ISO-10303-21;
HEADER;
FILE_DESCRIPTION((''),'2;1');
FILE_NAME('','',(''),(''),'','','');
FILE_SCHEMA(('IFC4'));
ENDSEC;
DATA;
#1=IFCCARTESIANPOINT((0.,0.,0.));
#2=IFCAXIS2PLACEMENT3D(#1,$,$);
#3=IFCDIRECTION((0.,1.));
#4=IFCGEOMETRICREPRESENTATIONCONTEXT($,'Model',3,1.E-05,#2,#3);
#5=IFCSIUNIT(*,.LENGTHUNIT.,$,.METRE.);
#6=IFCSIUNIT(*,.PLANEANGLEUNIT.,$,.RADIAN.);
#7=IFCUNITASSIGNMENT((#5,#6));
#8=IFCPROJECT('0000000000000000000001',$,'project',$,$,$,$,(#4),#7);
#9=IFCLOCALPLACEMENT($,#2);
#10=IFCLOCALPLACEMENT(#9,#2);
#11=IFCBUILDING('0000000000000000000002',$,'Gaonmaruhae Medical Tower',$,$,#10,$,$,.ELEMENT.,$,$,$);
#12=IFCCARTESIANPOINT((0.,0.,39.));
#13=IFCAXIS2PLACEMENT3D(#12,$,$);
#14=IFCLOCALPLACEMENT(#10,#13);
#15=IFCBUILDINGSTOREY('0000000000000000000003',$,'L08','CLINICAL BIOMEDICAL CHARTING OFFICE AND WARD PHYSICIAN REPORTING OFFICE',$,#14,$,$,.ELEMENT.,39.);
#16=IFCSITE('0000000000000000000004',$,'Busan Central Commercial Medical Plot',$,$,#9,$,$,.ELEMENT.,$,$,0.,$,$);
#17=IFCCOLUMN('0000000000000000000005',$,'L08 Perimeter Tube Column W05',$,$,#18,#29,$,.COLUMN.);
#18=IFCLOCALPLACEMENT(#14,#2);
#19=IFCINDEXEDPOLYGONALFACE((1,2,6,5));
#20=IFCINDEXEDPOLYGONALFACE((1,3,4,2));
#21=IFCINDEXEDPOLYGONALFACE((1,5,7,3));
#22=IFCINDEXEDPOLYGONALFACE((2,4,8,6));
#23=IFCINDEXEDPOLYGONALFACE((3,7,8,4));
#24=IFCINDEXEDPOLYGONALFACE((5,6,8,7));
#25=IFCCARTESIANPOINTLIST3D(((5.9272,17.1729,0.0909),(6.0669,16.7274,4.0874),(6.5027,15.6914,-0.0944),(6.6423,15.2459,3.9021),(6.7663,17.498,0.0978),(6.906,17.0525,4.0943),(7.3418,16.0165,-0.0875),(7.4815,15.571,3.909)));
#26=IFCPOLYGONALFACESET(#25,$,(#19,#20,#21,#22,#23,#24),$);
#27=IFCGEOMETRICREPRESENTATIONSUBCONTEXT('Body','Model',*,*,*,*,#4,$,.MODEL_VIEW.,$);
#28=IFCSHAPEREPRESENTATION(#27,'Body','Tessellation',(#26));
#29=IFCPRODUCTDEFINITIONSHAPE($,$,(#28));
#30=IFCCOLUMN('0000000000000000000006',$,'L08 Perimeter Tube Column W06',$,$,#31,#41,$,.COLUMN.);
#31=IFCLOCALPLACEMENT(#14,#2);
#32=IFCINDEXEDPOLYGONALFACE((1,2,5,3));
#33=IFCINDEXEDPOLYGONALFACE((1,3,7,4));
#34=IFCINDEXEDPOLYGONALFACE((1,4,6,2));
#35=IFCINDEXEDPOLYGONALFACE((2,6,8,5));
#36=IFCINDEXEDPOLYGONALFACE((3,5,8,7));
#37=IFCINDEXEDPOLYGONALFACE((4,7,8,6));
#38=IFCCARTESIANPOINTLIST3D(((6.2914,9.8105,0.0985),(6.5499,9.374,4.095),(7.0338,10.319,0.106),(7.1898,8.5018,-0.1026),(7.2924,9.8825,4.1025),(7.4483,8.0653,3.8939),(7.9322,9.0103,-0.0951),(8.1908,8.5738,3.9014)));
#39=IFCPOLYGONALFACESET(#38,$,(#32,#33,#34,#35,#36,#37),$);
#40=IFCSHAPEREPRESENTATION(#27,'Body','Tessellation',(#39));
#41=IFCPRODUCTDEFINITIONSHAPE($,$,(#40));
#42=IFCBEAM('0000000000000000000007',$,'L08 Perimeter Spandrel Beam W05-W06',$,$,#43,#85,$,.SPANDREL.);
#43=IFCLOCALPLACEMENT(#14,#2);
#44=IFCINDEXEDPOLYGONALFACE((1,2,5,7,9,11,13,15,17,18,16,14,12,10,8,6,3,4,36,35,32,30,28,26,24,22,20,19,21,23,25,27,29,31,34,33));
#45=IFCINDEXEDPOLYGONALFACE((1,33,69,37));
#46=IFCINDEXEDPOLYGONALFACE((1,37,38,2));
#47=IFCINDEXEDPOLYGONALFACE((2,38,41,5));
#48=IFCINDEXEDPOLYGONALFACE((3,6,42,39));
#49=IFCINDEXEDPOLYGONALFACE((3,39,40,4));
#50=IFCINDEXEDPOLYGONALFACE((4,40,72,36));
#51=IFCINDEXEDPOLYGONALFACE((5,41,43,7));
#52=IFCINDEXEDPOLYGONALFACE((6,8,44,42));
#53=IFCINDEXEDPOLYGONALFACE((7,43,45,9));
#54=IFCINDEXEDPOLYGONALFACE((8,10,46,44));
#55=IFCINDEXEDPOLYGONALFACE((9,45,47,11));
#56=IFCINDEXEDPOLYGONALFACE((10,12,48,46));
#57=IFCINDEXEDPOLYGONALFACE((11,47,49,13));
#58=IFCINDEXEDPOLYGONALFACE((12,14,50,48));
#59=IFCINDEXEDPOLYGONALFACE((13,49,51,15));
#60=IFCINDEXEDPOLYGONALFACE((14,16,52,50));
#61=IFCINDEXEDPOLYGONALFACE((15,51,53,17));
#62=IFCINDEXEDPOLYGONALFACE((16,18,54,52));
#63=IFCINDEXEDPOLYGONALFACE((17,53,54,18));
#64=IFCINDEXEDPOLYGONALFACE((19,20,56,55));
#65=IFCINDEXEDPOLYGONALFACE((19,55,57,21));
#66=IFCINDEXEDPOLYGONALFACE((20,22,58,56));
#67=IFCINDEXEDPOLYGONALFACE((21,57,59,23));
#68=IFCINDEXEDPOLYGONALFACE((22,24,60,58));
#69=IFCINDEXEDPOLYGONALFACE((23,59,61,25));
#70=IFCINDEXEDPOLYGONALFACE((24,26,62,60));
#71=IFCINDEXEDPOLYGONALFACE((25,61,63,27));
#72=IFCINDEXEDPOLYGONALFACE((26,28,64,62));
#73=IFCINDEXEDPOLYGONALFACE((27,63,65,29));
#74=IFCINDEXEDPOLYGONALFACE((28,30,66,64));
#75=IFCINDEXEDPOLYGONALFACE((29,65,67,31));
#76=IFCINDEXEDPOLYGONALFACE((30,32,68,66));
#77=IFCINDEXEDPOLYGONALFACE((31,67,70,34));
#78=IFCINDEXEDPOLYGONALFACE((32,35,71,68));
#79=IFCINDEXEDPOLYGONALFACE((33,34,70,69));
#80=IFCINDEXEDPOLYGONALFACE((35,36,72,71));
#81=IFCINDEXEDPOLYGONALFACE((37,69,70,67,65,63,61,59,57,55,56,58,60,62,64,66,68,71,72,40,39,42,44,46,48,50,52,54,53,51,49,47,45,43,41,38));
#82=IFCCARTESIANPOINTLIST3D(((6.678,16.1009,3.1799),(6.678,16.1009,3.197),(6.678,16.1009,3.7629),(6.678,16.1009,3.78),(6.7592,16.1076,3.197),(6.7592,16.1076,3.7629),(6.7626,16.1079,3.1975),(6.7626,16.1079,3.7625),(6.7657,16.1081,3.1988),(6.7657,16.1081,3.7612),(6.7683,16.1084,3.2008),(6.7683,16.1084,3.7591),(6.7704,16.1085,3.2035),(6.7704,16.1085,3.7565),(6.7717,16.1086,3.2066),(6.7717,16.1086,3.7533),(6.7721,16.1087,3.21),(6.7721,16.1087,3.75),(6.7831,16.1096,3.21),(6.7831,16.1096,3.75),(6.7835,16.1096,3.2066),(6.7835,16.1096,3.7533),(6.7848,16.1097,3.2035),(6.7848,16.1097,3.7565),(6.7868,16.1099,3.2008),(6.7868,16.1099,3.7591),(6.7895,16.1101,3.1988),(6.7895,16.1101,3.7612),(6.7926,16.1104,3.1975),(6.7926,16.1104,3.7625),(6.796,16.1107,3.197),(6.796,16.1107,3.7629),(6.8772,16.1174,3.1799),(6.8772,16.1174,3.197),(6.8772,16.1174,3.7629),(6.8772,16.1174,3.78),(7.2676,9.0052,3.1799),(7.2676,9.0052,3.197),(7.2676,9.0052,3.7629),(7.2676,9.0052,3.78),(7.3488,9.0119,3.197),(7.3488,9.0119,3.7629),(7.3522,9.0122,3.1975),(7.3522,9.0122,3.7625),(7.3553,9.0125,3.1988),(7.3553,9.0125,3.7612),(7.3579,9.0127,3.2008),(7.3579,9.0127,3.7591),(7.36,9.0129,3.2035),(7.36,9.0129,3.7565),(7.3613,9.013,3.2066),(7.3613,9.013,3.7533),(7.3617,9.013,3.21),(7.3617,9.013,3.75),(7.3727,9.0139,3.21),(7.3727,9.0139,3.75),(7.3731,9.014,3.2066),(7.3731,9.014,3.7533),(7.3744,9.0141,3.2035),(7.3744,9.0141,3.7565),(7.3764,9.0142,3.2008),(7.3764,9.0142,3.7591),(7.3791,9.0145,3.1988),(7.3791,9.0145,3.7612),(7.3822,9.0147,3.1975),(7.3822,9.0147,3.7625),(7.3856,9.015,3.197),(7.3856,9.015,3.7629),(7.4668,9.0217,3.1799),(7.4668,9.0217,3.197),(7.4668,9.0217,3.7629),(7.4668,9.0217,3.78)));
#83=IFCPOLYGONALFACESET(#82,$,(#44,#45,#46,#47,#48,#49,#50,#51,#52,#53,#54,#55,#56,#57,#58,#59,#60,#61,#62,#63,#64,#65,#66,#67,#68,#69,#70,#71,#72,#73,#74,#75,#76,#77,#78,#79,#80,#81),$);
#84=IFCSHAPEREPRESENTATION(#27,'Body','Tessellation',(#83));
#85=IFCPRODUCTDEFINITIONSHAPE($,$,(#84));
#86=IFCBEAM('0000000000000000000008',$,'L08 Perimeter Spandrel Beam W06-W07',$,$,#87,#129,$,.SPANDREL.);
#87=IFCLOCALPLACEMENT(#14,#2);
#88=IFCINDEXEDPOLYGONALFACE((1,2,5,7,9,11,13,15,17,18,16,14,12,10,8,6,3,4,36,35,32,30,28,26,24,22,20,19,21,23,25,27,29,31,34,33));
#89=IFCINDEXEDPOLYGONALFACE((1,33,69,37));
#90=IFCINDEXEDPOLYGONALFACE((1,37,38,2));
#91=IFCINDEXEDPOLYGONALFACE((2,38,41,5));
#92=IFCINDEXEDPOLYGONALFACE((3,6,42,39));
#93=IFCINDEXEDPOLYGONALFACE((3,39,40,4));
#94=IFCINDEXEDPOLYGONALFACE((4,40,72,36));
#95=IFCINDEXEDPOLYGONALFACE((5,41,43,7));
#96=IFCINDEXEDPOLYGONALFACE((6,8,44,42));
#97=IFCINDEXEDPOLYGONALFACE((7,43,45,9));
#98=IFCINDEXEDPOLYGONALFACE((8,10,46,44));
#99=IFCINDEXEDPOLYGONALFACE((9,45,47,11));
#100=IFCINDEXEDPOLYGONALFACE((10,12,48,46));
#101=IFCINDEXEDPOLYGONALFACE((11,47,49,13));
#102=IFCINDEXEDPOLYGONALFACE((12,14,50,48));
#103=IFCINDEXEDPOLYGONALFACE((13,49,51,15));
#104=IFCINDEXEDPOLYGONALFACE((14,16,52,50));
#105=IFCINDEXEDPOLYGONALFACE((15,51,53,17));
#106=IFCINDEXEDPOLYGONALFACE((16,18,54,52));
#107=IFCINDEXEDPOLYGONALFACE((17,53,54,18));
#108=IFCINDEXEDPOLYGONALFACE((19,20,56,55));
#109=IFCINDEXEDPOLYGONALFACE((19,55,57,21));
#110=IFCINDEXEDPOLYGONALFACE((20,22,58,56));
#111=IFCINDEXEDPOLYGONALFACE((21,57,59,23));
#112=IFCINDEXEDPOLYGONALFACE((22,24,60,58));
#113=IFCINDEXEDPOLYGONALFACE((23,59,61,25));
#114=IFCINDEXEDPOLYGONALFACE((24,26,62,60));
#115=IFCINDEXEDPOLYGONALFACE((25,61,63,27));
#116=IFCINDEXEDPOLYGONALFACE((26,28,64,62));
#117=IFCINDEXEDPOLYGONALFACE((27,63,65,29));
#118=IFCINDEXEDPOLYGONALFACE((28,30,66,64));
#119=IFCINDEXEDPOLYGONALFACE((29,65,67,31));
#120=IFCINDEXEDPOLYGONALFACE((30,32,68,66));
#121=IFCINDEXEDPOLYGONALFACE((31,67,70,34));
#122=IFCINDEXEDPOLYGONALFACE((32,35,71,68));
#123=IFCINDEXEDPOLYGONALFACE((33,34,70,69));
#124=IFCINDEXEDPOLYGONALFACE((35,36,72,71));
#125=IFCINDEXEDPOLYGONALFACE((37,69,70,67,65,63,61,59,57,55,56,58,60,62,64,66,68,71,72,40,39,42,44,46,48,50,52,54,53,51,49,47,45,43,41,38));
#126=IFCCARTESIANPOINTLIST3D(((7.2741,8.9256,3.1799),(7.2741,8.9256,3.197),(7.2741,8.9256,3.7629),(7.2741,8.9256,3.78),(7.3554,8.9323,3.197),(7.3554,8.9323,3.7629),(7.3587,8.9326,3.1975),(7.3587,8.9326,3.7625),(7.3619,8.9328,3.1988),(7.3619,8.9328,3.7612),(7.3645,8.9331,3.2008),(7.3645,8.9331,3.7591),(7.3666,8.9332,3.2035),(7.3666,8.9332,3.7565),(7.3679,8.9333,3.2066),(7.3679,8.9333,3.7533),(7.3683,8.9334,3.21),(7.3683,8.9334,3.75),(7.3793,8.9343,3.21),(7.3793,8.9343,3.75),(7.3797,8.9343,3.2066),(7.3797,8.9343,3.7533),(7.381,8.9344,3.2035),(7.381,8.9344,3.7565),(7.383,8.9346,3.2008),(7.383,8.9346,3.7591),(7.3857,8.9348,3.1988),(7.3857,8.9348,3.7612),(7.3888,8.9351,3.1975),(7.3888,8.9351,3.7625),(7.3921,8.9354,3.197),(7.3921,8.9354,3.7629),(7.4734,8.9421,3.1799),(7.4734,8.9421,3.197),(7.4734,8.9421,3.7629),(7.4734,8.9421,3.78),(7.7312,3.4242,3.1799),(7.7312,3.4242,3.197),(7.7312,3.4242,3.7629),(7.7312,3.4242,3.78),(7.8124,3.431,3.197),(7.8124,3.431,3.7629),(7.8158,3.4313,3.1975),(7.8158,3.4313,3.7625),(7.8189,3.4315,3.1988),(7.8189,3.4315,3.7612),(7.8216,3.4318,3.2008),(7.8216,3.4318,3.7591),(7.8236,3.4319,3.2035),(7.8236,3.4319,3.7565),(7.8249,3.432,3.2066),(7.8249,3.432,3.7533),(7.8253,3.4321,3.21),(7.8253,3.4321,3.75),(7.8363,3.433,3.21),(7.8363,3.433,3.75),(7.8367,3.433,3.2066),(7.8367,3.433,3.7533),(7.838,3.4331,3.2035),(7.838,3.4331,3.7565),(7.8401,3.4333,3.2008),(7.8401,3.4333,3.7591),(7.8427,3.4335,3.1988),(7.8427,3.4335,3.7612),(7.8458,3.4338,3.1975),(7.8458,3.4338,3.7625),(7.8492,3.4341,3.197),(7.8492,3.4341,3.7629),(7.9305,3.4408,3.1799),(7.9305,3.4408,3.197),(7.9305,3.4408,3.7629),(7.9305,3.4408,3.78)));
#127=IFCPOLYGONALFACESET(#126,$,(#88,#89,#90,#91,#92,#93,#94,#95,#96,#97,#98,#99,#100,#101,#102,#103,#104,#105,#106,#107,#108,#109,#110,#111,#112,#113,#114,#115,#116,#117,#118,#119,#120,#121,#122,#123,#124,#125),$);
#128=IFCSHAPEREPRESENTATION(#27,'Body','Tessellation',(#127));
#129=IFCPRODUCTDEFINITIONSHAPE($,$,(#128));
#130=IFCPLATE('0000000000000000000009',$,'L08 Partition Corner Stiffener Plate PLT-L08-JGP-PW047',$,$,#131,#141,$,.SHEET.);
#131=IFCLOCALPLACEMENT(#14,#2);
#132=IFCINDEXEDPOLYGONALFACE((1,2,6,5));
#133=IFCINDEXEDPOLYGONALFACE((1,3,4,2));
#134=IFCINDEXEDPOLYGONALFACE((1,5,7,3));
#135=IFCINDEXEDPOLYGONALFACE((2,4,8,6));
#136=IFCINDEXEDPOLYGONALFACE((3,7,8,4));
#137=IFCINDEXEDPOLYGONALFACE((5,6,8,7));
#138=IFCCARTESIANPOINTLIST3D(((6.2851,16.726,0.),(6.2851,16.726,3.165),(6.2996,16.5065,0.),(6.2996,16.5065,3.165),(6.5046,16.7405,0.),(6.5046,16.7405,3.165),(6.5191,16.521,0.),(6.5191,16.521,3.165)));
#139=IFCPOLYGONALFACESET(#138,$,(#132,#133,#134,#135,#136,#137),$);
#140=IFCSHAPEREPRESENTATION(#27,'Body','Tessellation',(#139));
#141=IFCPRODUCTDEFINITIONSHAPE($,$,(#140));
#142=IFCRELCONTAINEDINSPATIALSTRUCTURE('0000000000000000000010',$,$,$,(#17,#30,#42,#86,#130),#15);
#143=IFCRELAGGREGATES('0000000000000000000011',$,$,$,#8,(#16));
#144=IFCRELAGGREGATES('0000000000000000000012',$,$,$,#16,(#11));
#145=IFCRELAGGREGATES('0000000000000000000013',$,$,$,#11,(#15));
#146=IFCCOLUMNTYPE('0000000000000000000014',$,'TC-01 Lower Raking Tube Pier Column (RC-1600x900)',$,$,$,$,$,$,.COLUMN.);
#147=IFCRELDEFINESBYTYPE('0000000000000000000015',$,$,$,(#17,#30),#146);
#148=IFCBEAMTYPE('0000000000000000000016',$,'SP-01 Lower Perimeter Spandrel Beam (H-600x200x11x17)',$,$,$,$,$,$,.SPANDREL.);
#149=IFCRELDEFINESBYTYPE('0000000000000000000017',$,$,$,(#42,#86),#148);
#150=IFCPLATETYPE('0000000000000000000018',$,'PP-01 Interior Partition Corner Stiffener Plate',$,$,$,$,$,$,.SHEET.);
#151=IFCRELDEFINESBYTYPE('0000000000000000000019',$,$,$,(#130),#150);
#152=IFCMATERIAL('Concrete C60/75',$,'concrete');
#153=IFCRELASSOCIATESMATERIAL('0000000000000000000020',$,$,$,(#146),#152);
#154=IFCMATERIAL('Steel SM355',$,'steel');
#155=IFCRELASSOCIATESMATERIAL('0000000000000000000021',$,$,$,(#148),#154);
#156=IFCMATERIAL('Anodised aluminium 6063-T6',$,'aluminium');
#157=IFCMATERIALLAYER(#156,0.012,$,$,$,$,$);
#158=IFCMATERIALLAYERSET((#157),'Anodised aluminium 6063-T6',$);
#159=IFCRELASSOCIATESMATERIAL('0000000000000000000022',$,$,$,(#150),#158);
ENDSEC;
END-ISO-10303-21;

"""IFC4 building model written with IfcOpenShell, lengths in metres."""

from ifc_helpers import new_model, si_unit, direction, frame, origin, origin_2d, place, context, subcontext, project, spatial, rectangle, i_section, extrude, material, layer, layer_set, material_profile, profile_set, type_object, element, save


model = new_model("IFC4")

# Units and contexts
model_context = context("Model", 3, precision=1e-05, world=origin(), true_north=direction((0.0, 1.0)))
body_context = subcontext(model_context, "Body", "Model", "MODEL_VIEW")
ifc_project = project(units=[si_unit("LENGTHUNIT", "METRE"), si_unit("PLANEANGLEUNIT", "RADIAN")], contexts=[model_context])

# Site, building, storey
site_placement = place(None, origin())
site = spatial("IfcSite", under=ifc_project, at=site_placement, Name="Busan Central Commercial Medical Plot", CompositionType="ELEMENT", RefElevation=0.0)
building_placement = place(site_placement, origin())
building = spatial("IfcBuilding", under=site, at=building_placement, Name="Gaonmaruhae Medical Tower", CompositionType="ELEMENT")
storey_placement = place(building_placement, frame((0.0, 0.0, 39.0)))
storey = spatial("IfcBuildingStorey", under=building, at=storey_placement, Name="L08", Description="CLINICAL BIOMEDICAL CHARTING OFFICE AND WARD PHYSICIAN REPORTING OFFICE", CompositionType="ELEMENT", Elevation=39.0)

# Columns
ifc_material_1 = material(Name="Concrete C60/75", Category="concrete")
ifc_material_profile_1 = material_profile(ifc_material_1, rectangle(XDim=1.6001, YDim=0.8999, at=origin_2d()), Name="RC-1600x900")
ifc_profile_set_1 = profile_set([ifc_material_profile_1], Name="Concrete C60/75")
column_type = type_object("IfcColumnType", Name="TC-01 Lower Raking Tube Pier Column (RC-1600x900)", PredefinedType="COLUMN", material=ifc_profile_set_1)
column_1_placement = place(storey_placement, frame((6.6345, 16.5947, 0.0017), z_axis=(0.034706, -0.110731, 0.993244), x_axis=(-0.359646, 0.925877, 0.115788)))
element("IfcColumn", 1, at=column_1_placement, inside=storey, type_object=column_type, Name="L08 Perimeter Tube Column W05", PredefinedType="COLUMN", context=body_context, shape_type="SweptSolid", body=[
    extrude(rectangle(XDim=1.6001, YDim=0.8999, at=origin_2d()), origin(), (0.0, 0.0, 1.0), 4.0237),
])
column_2_placement = place(storey_placement, frame((7.1118, 9.4104, 0.0017), z_axis=(0.064176, -0.108355, 0.992039), x_axis=(-0.561459, 0.817909, 0.125657)))
element("IfcColumn", 2, at=column_2_placement, inside=storey, type_object=column_type, Name="L08 Perimeter Tube Column W06", PredefinedType="COLUMN", context=body_context, shape_type="SweptSolid", body=[
    extrude(rectangle(XDim=1.6001, YDim=0.8999, at=origin_2d()), origin(), (0.0, 0.0, 1.0), 4.0286),
])

# Beams
ifc_material_2 = material(Name="Steel SM355", Category="steel")
ifc_material_profile_2 = material_profile(ifc_material_2, i_section(OverallWidth=0.2, OverallDepth=0.6001, WebThickness=0.011, FlangeThickness=0.0171, FilletRadius=0.0129, at=origin_2d()), Name="H-600x200x11x17")
ifc_profile_set_2 = profile_set([ifc_material_profile_2], Name="Steel SM355")
beam_type = type_object("IfcBeamType", Name="SP-01 Lower Perimeter Spandrel Beam (H-600x200x11x17)", PredefinedType="SPANDREL", material=ifc_profile_set_2)
beam_1_placement = place(storey_placement, frame((6.7776, 16.1091, 3.48), z_axis=(0.082807, -0.996566, 0.0), x_axis=(0.996566, 0.082807, 0.0)))
element("IfcBeam", 3, at=beam_1_placement, inside=storey, type_object=beam_type, Name="L08 Perimeter Spandrel Beam W05-W06", PredefinedType="SPANDREL", context=body_context, shape_type="SweptSolid", body=[
    extrude(i_section(OverallWidth=0.2, OverallDepth=0.6001, WebThickness=0.011, FlangeThickness=0.0171, FilletRadius=0.0129, at=origin_2d()), origin(), (0.0, 0.0, 1.0), 7.1201),
])
beam_2_placement = place(storey_placement, frame((7.3738, 8.9338, 3.48), z_axis=(0.082793, -0.996567, 0.0), x_axis=(0.996567, 0.082793, 0.0)))
element("IfcBeam", 4, at=beam_2_placement, inside=storey, type_object=beam_type, Name="L08 Perimeter Spandrel Beam W06-W07", PredefinedType="SPANDREL", context=body_context, shape_type="SweptSolid", body=[
    extrude(i_section(OverallWidth=0.2, OverallDepth=0.6001, WebThickness=0.011, FlangeThickness=0.0171, FilletRadius=0.0129, at=origin_2d()), origin(), (0.0, 0.0, 1.0), 5.5203),
])

# Plate
ifc_material_3 = material(Name="Anodised aluminium 6063-T6", Category="aluminium")
ifc_layer_1 = layer(ifc_material_3, 0.012)
ifc_layer_set_1 = layer_set([ifc_layer_1], Name="Anodised aluminium 6063-T6")
plate_type = type_object("IfcPlateType", Name="PP-01 Interior Partition Corner Stiffener Plate", PredefinedType="SHEET", material=ifc_layer_set_1)
plate_placement = place(storey_placement, frame((6.4021, 16.6235, 0.0), z_axis=(0.0, 0.0, 1.0), x_axis=(-0.065821, 0.997831, 0.0)))
element("IfcPlate", 5, at=plate_placement, inside=storey, type_object=plate_type, Name="L08 Partition Corner Stiffener Plate PLT-L08-JGP-PW047", PredefinedType="SHEET", context=body_context, shape_type="SweptSolid", body=[
    extrude(rectangle(XDim=0.22, YDim=0.22, at=origin_2d()), origin(), (0.0, 0.0, 1.0), 3.165),
])

save(model, "model.ifc")
